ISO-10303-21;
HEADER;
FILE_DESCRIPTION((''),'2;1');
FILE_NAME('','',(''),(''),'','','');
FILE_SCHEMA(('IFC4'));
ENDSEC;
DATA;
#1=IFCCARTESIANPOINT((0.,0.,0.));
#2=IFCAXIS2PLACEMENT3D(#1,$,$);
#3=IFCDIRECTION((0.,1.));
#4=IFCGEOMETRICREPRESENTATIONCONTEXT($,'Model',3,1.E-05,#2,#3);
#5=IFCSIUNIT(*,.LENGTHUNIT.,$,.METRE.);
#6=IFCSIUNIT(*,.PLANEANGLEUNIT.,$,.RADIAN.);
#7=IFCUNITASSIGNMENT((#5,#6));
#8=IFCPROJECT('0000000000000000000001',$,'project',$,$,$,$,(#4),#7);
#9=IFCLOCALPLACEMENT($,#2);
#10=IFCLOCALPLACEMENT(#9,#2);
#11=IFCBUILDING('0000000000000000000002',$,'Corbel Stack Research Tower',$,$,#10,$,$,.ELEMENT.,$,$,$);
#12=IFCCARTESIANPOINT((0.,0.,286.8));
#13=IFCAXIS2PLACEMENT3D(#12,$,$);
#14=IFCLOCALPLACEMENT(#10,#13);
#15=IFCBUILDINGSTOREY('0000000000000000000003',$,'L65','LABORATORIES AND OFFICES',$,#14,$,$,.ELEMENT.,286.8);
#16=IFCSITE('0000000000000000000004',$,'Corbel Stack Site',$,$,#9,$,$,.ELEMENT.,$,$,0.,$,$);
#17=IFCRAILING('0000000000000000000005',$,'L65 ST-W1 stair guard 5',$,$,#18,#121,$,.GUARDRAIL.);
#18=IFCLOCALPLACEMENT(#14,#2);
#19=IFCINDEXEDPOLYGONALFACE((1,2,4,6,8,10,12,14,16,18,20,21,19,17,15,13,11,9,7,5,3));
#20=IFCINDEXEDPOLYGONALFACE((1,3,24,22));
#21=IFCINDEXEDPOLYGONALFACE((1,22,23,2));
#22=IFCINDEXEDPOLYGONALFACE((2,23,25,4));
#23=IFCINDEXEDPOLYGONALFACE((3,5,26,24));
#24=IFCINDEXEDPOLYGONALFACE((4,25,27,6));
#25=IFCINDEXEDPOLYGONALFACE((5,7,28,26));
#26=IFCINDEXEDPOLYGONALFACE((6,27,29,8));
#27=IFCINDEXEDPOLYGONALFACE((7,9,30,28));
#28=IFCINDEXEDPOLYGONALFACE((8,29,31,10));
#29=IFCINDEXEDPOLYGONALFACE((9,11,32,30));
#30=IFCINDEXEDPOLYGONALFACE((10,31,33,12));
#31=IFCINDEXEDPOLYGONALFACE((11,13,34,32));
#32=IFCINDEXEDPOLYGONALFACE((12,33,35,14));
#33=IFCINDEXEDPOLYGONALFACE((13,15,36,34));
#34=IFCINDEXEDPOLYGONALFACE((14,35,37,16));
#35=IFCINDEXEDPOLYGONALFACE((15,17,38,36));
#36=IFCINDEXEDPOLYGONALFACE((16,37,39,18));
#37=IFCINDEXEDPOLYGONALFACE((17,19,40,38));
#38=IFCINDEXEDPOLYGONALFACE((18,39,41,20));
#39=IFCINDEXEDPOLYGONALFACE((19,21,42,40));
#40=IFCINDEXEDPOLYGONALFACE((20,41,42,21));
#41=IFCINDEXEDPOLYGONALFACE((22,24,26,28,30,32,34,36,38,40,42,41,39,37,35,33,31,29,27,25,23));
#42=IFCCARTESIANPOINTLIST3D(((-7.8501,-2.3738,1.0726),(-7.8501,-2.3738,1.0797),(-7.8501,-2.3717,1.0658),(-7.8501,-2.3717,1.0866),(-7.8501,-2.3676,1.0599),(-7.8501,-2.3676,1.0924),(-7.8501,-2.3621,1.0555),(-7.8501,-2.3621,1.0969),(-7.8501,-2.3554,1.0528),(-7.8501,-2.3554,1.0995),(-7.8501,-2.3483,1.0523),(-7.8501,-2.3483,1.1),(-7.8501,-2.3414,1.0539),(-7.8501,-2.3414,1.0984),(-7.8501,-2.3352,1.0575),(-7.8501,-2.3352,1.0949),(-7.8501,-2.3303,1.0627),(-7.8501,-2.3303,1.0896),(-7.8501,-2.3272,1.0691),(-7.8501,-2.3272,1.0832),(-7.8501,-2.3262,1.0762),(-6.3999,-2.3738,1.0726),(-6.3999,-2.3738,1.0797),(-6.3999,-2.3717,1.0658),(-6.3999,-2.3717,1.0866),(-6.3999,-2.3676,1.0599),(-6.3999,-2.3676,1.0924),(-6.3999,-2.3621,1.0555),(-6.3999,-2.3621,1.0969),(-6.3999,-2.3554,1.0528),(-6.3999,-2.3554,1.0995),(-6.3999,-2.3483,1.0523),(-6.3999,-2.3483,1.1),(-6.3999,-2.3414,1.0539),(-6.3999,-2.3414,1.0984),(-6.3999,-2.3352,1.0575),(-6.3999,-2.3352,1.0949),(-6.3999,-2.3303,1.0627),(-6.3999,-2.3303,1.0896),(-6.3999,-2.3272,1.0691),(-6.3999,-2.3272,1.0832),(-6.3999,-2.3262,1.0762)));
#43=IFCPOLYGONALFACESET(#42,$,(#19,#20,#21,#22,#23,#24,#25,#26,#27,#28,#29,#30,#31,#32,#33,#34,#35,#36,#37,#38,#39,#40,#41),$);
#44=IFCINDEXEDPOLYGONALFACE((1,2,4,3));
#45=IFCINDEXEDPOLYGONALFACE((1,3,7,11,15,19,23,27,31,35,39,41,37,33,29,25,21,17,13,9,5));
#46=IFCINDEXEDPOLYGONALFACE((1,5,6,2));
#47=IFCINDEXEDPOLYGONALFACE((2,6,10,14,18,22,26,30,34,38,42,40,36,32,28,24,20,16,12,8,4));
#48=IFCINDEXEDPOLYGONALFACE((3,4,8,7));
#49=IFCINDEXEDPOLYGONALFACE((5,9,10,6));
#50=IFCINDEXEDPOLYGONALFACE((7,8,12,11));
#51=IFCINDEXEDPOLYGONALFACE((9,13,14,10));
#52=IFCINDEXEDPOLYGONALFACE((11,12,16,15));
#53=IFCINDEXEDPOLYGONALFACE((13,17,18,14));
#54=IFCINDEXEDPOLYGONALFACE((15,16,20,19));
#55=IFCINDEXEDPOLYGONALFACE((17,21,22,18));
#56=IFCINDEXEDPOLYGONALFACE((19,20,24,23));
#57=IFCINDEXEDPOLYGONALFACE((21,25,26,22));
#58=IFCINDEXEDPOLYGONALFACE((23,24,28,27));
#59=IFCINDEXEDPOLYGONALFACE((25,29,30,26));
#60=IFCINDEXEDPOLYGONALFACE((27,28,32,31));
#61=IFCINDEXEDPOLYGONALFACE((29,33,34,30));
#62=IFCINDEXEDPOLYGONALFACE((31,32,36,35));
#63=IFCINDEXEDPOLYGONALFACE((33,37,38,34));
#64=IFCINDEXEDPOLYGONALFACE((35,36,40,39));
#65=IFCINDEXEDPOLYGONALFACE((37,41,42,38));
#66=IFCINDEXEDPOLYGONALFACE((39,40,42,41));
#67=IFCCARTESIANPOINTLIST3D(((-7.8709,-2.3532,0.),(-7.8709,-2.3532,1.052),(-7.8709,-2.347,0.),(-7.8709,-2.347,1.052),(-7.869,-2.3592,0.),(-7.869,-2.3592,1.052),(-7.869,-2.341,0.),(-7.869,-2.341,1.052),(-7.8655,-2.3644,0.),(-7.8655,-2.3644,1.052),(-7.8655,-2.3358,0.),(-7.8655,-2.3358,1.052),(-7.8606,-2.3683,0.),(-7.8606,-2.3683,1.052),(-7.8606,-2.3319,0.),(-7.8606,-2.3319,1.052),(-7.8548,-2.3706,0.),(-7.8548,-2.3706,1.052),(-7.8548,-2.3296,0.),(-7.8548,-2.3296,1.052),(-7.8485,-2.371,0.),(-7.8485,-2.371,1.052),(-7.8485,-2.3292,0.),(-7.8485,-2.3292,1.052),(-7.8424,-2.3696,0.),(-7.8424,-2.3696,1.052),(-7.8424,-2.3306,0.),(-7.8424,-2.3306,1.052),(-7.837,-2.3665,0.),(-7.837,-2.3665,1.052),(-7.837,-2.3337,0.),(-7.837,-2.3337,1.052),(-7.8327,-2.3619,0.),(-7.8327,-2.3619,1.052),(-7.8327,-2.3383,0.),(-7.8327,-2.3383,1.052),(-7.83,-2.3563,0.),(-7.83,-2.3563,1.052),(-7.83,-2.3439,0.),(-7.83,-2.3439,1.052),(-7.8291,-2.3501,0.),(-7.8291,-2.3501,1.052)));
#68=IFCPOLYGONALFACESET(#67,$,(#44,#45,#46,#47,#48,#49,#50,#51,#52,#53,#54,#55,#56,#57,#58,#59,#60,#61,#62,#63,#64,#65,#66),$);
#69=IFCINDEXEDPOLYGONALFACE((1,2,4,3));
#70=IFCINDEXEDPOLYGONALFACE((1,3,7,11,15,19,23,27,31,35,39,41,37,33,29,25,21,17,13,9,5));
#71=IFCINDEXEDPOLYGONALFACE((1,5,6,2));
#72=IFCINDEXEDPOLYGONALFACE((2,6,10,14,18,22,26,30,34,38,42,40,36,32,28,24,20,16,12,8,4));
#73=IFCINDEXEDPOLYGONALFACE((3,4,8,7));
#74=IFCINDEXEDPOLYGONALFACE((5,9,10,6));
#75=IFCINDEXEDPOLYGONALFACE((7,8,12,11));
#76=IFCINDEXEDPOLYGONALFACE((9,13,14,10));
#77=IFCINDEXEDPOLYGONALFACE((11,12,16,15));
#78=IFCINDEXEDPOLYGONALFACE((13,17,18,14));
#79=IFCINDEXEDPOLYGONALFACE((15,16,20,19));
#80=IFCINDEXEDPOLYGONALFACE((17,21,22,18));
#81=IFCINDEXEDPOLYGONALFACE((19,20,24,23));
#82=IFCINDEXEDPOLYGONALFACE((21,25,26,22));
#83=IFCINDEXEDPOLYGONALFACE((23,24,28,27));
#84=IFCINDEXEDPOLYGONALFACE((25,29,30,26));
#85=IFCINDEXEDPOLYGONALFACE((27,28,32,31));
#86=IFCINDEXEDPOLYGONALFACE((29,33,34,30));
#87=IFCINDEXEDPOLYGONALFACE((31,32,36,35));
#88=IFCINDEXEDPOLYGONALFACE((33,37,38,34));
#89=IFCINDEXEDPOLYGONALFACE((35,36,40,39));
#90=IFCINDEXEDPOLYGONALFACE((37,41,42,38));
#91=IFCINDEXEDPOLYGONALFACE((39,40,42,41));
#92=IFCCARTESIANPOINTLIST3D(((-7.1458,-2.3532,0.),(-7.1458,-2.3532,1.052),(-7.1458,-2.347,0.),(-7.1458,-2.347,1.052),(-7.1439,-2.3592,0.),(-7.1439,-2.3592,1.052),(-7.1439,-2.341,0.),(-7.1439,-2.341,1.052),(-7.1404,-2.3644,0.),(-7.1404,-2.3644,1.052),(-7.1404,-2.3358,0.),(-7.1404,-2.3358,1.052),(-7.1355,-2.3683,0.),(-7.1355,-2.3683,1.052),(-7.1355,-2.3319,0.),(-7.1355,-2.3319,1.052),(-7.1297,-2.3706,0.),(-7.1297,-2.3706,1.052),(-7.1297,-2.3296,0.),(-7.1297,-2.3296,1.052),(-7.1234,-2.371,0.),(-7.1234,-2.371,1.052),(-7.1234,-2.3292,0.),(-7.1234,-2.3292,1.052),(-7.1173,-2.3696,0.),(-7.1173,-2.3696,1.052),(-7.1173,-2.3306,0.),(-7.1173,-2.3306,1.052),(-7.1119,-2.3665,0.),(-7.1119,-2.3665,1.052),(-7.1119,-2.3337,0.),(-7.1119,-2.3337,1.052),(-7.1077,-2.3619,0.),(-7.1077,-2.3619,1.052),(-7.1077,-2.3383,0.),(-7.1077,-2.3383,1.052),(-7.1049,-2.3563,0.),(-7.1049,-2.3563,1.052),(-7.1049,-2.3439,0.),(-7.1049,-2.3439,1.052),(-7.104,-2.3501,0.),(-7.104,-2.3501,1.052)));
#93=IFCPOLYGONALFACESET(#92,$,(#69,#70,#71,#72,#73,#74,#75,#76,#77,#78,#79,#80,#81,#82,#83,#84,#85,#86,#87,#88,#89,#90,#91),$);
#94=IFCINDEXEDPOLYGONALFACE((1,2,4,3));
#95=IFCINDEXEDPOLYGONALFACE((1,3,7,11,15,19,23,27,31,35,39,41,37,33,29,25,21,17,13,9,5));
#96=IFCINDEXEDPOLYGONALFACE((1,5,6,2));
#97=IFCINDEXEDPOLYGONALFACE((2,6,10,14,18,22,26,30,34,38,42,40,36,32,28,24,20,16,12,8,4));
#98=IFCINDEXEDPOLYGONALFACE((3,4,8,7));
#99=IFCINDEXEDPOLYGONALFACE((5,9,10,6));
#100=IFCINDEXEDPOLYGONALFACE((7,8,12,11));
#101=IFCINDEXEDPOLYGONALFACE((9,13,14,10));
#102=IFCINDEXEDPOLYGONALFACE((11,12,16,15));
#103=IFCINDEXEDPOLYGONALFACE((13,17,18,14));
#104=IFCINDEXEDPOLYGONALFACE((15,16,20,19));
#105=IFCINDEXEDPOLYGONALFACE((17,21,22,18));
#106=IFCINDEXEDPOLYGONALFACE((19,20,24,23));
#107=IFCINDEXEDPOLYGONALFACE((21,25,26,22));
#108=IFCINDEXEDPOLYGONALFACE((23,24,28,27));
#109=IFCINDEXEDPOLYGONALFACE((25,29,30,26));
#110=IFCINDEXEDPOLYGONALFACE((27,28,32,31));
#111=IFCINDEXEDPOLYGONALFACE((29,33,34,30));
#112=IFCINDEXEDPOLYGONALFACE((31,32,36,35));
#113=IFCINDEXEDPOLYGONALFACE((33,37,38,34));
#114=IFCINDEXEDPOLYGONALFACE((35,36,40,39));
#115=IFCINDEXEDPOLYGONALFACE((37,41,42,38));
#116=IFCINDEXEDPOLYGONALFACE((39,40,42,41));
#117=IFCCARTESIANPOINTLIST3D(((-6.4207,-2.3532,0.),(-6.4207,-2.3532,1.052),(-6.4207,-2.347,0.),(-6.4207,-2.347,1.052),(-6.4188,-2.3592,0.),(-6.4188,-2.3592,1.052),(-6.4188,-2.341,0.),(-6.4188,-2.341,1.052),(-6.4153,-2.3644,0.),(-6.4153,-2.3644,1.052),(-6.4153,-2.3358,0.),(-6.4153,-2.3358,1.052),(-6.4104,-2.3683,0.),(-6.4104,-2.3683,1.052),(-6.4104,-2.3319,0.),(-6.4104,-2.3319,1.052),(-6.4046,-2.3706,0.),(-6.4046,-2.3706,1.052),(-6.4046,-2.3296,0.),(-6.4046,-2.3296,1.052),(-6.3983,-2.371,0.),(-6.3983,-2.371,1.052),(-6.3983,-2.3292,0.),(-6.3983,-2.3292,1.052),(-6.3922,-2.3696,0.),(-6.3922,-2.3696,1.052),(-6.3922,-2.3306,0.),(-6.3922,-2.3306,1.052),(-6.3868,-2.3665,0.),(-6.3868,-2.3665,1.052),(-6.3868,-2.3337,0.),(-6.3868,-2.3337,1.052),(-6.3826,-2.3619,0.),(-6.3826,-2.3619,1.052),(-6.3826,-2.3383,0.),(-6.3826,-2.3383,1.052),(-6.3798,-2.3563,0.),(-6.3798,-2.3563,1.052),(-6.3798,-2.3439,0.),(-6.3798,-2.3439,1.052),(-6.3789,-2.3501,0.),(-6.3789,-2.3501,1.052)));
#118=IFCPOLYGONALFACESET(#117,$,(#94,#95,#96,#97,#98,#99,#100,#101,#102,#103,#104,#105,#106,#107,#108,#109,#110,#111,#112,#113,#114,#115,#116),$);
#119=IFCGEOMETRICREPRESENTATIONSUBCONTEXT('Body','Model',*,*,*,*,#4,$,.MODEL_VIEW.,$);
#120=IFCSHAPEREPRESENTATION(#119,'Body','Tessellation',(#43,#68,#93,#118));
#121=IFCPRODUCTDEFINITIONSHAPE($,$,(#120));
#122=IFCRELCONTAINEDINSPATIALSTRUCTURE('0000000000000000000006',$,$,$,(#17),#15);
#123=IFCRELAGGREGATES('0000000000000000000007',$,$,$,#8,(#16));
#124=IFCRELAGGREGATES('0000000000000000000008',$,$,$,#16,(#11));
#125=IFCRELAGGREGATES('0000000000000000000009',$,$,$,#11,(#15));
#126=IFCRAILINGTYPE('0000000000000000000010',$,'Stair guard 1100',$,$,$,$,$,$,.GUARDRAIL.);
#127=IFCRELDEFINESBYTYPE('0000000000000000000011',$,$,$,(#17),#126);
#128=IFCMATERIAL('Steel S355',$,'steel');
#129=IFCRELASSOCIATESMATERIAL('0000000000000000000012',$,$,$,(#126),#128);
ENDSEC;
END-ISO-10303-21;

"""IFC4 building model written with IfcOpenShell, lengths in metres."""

from ifc_helpers import new_model, si_unit, direction, frame, origin, origin_2d, place, context, subcontext, project, spatial, circle, extrude, material, type_object, element, save


model = new_model("IFC4")

# Units and contexts
model_context = context("Model", 3, precision=1e-05, world=origin(), true_north=direction((0.0, 1.0)))
body_context = subcontext(model_context, "Body", "Model", "MODEL_VIEW")
ifc_project = project(units=[si_unit("LENGTHUNIT", "METRE"), si_unit("PLANEANGLEUNIT", "RADIAN")], contexts=[model_context])

# Site, building, storey
site_placement = place(None, origin())
site = spatial("IfcSite", under=ifc_project, at=site_placement, Name="Corbel Stack Site", CompositionType="ELEMENT", RefElevation=0.0)
building_placement = place(site_placement, origin())
building = spatial("IfcBuilding", under=site, at=building_placement, Name="Corbel Stack Research Tower", CompositionType="ELEMENT")
storey_placement = place(building_placement, frame((0.0, 0.0, 286.8)))
storey = spatial("IfcBuildingStorey", under=building, at=storey_placement, Name="L65", Description="LABORATORIES AND OFFICES", CompositionType="ELEMENT", Elevation=286.8)

# Railing
ifc_material_1 = material(Name="Steel S355", Category="steel")
railing_type = type_object("IfcRailingType", Name="Stair guard 1100", PredefinedType="GUARDRAIL", material=ifc_material_1)
railing_1_placement = place(storey_placement, frame((-7.8501, -2.3501, 0.0)))
element("IfcRailing", 1, at=railing_1_placement, inside=storey, type_object=railing_type, Name="L65 ST-W1 stair guard 5", PredefinedType="GUARDRAIL", context=body_context, shape_type="SweptSolid", body=[
    extrude(circle(Radius=0.0239, at=origin_2d()), frame((0.0, 0.0, 1.0762), z_axis=(1.0, 0.0, 0.0), x_axis=(0.0, 1.0, 0.0)), (0.0, 0.0, 1.0), 1.4502),
    extrude(circle(Radius=0.021, at=origin_2d()), origin(), (0.0, 0.0, 1.0), 1.052),
    extrude(circle(Radius=0.021, at=origin_2d()), frame((0.7251, 0.0, 0.0)), (0.0, 0.0, 1.0), 1.052),
    extrude(circle(Radius=0.021, at=origin_2d()), frame((1.4502, 0.0, 0.0)), (0.0, 0.0, 1.0), 1.052),
])

save(model, "model.ifc")
